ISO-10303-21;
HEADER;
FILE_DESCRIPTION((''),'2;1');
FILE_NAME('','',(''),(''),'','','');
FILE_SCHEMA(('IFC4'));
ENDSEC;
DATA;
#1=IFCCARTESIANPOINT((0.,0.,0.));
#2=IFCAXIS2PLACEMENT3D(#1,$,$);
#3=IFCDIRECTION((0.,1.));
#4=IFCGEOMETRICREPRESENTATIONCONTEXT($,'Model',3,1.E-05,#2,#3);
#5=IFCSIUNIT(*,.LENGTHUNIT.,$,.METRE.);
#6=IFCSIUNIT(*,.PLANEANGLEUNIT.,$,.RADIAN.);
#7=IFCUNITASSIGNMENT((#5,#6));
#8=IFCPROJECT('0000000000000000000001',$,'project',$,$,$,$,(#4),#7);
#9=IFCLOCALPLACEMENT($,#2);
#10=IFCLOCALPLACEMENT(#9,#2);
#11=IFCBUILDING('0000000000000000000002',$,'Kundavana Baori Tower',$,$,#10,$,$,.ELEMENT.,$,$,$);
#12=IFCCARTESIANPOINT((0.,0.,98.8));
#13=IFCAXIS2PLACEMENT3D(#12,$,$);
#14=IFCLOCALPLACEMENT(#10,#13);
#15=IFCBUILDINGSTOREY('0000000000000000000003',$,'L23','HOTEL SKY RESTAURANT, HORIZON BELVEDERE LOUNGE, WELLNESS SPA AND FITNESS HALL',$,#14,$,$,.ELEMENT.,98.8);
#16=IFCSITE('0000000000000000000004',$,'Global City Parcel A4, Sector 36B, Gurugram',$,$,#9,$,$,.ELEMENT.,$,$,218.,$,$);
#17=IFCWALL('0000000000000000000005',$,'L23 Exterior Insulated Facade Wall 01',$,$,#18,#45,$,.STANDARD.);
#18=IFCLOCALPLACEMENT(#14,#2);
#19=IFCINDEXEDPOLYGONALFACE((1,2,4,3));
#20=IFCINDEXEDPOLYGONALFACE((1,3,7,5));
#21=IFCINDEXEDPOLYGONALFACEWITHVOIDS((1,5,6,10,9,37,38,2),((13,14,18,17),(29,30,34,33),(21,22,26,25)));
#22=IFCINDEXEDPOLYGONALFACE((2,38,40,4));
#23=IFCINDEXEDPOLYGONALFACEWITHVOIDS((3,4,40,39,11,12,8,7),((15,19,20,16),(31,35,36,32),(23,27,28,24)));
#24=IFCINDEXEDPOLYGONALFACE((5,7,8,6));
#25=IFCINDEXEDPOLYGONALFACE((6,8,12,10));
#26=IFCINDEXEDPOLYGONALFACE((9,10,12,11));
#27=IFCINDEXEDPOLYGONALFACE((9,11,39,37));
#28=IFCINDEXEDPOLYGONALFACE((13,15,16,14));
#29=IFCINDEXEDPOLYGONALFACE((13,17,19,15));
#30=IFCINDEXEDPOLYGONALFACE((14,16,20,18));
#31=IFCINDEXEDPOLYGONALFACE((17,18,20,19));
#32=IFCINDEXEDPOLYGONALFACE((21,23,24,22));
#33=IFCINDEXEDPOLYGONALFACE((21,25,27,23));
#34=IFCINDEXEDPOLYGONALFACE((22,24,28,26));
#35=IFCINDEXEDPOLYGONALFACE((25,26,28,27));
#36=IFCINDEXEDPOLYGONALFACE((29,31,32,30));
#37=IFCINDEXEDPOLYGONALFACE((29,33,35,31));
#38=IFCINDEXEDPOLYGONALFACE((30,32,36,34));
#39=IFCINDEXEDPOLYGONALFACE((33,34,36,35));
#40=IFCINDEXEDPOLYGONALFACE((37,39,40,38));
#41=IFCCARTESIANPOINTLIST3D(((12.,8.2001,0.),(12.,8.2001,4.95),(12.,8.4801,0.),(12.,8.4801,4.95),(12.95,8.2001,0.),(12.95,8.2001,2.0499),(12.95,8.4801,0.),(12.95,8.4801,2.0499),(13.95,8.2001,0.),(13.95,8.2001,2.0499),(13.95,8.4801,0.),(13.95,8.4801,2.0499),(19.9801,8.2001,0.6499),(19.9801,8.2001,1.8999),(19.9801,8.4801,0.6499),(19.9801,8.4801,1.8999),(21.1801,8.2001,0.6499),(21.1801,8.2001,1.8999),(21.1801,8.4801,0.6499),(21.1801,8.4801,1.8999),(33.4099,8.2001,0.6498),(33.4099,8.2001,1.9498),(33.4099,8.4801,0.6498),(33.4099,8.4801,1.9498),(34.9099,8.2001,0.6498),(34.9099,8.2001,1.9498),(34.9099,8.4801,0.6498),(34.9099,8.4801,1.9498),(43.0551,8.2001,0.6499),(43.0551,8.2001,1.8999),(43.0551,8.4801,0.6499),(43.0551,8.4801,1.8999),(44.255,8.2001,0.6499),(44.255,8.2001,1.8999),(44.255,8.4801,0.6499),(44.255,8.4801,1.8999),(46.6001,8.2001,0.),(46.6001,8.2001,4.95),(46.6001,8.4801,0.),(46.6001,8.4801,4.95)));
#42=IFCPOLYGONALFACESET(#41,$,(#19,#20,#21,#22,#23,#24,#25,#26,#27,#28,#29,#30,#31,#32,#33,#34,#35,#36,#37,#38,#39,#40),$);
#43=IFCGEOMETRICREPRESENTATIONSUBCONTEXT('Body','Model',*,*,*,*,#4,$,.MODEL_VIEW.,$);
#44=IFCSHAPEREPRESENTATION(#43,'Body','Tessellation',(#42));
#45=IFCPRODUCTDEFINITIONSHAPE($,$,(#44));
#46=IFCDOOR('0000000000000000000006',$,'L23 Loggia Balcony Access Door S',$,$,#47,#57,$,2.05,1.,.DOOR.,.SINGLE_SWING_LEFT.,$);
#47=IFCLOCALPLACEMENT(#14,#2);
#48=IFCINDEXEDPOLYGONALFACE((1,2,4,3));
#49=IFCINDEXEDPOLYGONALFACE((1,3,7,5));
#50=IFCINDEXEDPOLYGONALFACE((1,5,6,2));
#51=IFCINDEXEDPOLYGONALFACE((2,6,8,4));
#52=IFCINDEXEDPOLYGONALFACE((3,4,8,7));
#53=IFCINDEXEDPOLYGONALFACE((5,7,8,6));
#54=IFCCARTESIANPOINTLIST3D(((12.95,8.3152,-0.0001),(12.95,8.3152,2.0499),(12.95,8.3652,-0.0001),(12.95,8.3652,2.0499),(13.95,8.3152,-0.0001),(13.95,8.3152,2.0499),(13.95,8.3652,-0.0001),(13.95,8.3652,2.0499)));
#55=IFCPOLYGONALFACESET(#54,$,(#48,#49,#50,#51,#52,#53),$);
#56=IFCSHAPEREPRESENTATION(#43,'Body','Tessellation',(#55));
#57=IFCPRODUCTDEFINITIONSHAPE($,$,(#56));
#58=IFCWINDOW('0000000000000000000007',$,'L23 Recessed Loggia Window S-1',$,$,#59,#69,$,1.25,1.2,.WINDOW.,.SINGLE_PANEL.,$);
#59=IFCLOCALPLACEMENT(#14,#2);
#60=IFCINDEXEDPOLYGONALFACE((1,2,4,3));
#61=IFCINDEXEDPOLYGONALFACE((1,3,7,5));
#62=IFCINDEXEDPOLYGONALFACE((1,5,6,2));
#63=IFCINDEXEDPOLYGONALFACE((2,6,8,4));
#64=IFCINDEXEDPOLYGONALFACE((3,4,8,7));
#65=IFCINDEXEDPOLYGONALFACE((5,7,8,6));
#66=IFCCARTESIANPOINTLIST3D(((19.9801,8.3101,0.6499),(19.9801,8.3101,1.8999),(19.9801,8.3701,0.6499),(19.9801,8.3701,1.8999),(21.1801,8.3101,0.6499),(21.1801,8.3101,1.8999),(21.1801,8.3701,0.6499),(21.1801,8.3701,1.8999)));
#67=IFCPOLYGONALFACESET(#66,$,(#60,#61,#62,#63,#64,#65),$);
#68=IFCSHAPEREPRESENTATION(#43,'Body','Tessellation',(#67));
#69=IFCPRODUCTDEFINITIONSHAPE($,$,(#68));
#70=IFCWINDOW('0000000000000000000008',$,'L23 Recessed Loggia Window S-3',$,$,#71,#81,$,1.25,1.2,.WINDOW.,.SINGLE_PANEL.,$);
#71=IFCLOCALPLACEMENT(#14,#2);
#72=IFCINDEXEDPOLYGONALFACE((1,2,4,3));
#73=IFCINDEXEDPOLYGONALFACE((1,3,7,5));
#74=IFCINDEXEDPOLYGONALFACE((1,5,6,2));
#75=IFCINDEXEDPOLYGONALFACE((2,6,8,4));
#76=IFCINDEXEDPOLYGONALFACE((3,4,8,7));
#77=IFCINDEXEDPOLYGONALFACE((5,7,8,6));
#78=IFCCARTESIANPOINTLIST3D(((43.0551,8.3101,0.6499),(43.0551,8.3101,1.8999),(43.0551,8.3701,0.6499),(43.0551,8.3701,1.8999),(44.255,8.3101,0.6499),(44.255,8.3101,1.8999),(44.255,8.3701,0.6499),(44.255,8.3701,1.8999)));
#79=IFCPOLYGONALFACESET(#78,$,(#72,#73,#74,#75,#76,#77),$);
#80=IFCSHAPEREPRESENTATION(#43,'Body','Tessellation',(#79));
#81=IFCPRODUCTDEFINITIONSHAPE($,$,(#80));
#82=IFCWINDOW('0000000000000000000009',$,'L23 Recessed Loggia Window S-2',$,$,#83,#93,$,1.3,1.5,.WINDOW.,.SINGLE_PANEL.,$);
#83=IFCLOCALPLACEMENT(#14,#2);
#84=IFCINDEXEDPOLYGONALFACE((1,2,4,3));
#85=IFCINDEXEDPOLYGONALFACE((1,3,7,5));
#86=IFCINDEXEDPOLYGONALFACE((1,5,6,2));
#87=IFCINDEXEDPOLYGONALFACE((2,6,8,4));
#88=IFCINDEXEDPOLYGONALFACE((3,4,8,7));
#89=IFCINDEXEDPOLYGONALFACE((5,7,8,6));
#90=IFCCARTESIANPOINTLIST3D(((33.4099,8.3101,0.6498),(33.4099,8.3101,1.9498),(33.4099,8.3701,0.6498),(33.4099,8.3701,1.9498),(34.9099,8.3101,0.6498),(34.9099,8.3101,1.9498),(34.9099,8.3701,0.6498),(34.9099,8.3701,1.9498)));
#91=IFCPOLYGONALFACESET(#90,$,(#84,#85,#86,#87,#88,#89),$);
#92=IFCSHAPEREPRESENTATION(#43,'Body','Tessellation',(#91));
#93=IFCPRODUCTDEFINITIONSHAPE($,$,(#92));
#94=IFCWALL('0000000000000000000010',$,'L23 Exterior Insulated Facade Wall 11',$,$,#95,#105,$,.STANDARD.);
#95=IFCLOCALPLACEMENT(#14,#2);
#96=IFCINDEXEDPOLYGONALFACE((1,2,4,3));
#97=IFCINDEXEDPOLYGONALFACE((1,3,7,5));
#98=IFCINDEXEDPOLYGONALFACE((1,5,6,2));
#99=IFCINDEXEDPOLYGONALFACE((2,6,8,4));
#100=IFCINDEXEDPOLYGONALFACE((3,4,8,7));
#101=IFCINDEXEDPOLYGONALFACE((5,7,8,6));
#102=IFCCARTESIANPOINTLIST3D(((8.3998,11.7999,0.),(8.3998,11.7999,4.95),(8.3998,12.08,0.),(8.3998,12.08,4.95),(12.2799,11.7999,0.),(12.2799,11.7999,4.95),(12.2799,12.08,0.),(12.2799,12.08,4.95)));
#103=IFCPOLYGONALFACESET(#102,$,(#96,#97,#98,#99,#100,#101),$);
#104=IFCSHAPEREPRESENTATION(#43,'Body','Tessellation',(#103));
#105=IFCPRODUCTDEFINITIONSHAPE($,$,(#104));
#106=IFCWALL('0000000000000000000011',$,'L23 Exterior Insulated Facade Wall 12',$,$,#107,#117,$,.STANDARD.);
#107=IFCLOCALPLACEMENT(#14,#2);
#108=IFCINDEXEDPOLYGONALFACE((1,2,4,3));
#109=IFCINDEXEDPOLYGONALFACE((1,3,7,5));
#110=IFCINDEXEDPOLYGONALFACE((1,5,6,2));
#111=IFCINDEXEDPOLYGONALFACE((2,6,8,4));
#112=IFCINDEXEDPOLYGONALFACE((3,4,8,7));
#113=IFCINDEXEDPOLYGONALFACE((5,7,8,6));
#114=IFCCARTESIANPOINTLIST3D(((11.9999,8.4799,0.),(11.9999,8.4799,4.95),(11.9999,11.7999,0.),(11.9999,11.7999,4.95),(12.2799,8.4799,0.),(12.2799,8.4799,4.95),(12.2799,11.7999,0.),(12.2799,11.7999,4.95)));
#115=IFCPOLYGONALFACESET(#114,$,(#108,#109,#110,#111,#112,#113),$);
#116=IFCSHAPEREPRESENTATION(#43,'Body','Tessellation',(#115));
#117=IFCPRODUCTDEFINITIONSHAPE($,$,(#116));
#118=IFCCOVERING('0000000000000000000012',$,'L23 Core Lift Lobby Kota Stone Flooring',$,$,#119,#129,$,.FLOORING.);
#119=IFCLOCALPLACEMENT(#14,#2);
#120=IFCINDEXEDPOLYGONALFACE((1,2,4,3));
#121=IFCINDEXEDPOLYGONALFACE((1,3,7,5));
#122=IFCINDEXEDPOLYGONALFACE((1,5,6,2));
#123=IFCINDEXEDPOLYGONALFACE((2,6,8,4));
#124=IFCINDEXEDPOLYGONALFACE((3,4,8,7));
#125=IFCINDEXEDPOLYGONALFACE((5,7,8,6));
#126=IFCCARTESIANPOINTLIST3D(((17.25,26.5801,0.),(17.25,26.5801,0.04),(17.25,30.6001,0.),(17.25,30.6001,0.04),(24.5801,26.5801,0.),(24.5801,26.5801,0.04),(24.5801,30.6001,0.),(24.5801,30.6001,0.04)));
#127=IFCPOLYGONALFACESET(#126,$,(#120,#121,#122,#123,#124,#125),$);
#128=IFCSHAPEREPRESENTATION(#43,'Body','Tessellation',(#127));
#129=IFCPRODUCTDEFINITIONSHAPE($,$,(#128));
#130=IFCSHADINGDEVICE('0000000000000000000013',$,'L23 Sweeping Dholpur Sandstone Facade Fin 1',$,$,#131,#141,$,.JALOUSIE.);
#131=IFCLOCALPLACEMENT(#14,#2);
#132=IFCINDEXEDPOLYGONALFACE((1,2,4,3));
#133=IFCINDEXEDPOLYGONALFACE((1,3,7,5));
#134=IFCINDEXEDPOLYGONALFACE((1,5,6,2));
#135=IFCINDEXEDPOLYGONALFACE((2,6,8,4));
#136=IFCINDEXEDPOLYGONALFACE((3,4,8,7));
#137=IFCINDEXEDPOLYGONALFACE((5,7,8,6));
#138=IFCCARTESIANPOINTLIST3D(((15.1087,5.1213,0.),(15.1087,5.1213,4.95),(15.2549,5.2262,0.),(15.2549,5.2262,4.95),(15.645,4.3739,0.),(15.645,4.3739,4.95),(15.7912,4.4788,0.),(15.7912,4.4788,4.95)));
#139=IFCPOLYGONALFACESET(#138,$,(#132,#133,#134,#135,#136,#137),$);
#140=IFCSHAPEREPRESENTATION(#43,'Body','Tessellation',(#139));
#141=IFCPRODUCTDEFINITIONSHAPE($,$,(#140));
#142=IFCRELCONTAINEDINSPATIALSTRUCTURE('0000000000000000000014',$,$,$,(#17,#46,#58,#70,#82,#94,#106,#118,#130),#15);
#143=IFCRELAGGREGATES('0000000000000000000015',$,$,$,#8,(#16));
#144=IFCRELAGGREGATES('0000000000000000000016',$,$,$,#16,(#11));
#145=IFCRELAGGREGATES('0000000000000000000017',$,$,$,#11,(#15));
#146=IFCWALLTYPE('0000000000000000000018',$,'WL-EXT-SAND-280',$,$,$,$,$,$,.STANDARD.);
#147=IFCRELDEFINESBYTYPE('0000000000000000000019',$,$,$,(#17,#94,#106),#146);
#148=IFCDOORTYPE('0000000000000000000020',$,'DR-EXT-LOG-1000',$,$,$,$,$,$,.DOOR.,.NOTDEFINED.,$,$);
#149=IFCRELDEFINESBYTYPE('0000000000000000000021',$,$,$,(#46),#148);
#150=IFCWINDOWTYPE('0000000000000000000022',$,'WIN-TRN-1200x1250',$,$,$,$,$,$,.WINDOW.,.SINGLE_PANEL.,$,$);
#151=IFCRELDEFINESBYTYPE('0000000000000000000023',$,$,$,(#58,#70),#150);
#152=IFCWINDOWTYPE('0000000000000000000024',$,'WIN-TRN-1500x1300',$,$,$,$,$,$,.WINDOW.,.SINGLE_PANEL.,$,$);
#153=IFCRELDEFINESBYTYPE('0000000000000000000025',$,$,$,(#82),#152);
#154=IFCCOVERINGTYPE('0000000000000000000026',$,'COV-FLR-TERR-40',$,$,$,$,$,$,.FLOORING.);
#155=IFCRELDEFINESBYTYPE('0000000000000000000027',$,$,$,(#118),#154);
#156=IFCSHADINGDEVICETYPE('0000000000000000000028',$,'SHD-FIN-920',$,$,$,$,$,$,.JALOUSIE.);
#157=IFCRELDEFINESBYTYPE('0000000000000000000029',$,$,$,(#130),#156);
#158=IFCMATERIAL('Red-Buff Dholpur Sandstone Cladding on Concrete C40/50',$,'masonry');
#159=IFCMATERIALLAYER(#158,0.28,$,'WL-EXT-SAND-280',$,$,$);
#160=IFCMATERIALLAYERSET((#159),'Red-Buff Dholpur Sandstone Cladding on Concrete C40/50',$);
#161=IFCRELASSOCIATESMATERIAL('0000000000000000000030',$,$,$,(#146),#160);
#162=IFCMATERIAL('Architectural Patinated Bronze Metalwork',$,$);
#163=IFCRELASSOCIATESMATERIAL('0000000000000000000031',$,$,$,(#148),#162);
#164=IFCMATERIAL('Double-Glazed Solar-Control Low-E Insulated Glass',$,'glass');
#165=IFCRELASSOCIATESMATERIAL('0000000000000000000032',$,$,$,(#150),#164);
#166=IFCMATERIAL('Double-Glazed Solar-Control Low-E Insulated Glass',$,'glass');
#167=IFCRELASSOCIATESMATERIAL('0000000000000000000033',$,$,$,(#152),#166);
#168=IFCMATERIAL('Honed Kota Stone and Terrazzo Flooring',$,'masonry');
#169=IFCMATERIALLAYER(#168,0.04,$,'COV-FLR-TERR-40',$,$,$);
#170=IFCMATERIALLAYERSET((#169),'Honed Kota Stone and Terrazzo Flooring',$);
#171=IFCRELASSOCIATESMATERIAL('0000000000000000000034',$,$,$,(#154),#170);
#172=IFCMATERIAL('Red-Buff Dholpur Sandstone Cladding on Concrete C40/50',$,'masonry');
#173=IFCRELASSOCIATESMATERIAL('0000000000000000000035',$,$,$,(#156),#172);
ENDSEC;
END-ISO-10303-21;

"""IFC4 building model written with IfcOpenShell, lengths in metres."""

from ifc_helpers import new_model, si_unit, direction, frame, frame_2d, origin, origin_2d, place, context, subcontext, project, spatial, polyline, rectangle, outline, extrude, material, layer, layer_set, type_object, element, fill, save


model = new_model("IFC4")

# Units and contexts
model_context = context("Model", 3, precision=1e-05, world=origin(), true_north=direction((0.0, 1.0)))
body_context = subcontext(model_context, "Body", "Model", "MODEL_VIEW")
ifc_project = project(units=[si_unit("LENGTHUNIT", "METRE"), si_unit("PLANEANGLEUNIT", "RADIAN")], contexts=[model_context])

# Site, building, storey
site_placement = place(None, origin())
site = spatial("IfcSite", under=ifc_project, at=site_placement, Name="Global City Parcel A4, Sector 36B, Gurugram", CompositionType="ELEMENT", RefElevation=218.0)
building_placement = place(site_placement, origin())
building = spatial("IfcBuilding", under=site, at=building_placement, Name="Kundavana Baori Tower", CompositionType="ELEMENT")
storey_placement = place(building_placement, frame((0.0, 0.0, 98.8)))
storey = spatial("IfcBuildingStorey", under=building, at=storey_placement, Name="L23", Description="HOTEL SKY RESTAURANT, HORIZON BELVEDERE LOUNGE, WELLNESS SPA AND FITNESS HALL", CompositionType="ELEMENT", Elevation=98.8)

# Wall, openings, door, windows
ifc_material_1 = material(Name="Red-Buff Dholpur Sandstone Cladding on Concrete C40/50", Category="masonry")
ifc_layer_1 = layer(ifc_material_1, 0.28, Name="WL-EXT-SAND-280")
ifc_layer_set_1 = layer_set([ifc_layer_1], Name="Red-Buff Dholpur Sandstone Cladding on Concrete C40/50")
wall_type = type_object("IfcWallType", Name="WL-EXT-SAND-280", PredefinedType="STANDARD", material=ifc_layer_set_1)
wall_1_placement = place(storey_placement, frame((12.0, 8.3401, 0.0), z_axis=(0.0, 0.0, 1.0), x_axis=(1.0, 0.0, 0.0)))
wall_1 = element("IfcWall", 1, at=wall_1_placement, inside=storey, type_object=wall_type, Name="L23 Exterior Insulated Facade Wall 01", PredefinedType="STANDARD", context=body_context, shape_type="SweptSolid", body=[
    extrude(rectangle(XDim=34.6001, YDim=0.28, at=frame_2d((17.3, 0.0))), origin(), (0.0, 0.0, 1.0), 4.95),
])
opening_1_placement = place(wall_1_placement, frame((0.95, 0.0, 0.0)))
opening_1 = element("IfcOpeningElement", 2, at=opening_1_placement, cuts=wall_1, PredefinedType="OPENING", context=body_context, shape_type="SweptSolid", body=[
    extrude(rectangle(XDim=1.0, YDim=2.05, at=frame_2d((0.5, 1.0249))), frame((0.0, 0.1499, 0.0), z_axis=(0.0, -1.0, 0.0), x_axis=(1.0, 0.0, 0.0)), (0.0, 0.0, 1.0), 0.3),
])
opening_2_placement = place(wall_1_placement, frame((7.98, 0.0, 0.6499)))
opening_2 = element("IfcOpeningElement", 3, at=opening_2_placement, cuts=wall_1, PredefinedType="OPENING", context=body_context, shape_type="SweptSolid", body=[
    extrude(rectangle(XDim=1.2, YDim=1.25, at=frame_2d((0.6001, 0.625))), frame((0.0, 0.1499, 0.0), z_axis=(0.0, -1.0, 0.0), x_axis=(1.0, 0.0, 0.0)), (0.0, 0.0, 1.0), 0.3),
])
opening_3_placement = place(wall_1_placement, frame((21.4099, 0.0, 0.6499)))
opening_3 = element("IfcOpeningElement", 4, at=opening_3_placement, cuts=wall_1, PredefinedType="OPENING", context=body_context, shape_type="SweptSolid", body=[
    extrude(rectangle(XDim=1.5, YDim=1.3, at=frame_2d((0.75, 0.6499))), frame((0.0, 0.1499, 0.0), z_axis=(0.0, -1.0, 0.0), x_axis=(1.0, 0.0, 0.0)), (0.0, 0.0, 1.0), 0.3),
])
opening_4_placement = place(wall_1_placement, frame((31.0549, 0.0, 0.6499)))
opening_4 = element("IfcOpeningElement", 5, at=opening_4_placement, cuts=wall_1, PredefinedType="OPENING", context=body_context, shape_type="SweptSolid", body=[
    extrude(rectangle(XDim=1.2, YDim=1.25, at=frame_2d((0.6001, 0.625))), frame((0.0, 0.1499, 0.0), z_axis=(0.0, -1.0, 0.0), x_axis=(1.0, 0.0, 0.0)), (0.0, 0.0, 1.0), 0.3),
])
ifc_material_2 = material(Name="Architectural Patinated Bronze Metalwork")
door_type = type_object("IfcDoorType", Name="DR-EXT-LOG-1000", OperationType="NOTDEFINED", PredefinedType="DOOR", material=ifc_material_2)
door_placement = place(opening_1_placement, frame((1.0, 0.0, 0.0), z_axis=(0.0, 0.0, 1.0), x_axis=(-1.0, 0.0, 0.0)))
door = element("IfcDoor", 6, at=door_placement, inside=storey, type_object=door_type, Name="L23 Loggia Balcony Access Door S", OperationType="SINGLE_SWING_LEFT", OverallHeight=2.05, OverallWidth=1.0, PredefinedType="DOOR", context=body_context, shape_type="SweptSolid", body=[
    extrude(rectangle(XDim=1.0, YDim=2.05, at=frame_2d((0.5, 1.0249))), frame((0.0, 0.0249, 0.0), z_axis=(0.0, -1.0, 0.0), x_axis=(1.0, 0.0, 0.0)), (0.0, 0.0, 1.0), 0.05),
])
fill(opening_1, door)
ifc_material_3 = material(Name="Double-Glazed Solar-Control Low-E Insulated Glass", Category="glass")
window_type_1 = type_object("IfcWindowType", Name="WIN-TRN-1200x1250", PartitioningType="SINGLE_PANEL", PredefinedType="WINDOW", material=ifc_material_3)
window_1_placement = place(opening_2_placement, origin())
window_1 = element("IfcWindow", 7, at=window_1_placement, inside=storey, type_object=window_type_1, Name="L23 Recessed Loggia Window S-1", OverallHeight=1.25, OverallWidth=1.2, PartitioningType="SINGLE_PANEL", PredefinedType="WINDOW", context=body_context, shape_type="SweptSolid", body=[
    extrude(rectangle(XDim=1.2, YDim=1.25, at=frame_2d((0.6001, 0.625))), frame((0.0, 0.03, 0.0), z_axis=(0.0, -1.0, 0.0), x_axis=(1.0, 0.0, 0.0)), (0.0, 0.0, 1.0), 0.0601),
])
fill(opening_2, window_1)
window_2_placement = place(opening_4_placement, origin())
window_2 = element("IfcWindow", 8, at=window_2_placement, inside=storey, type_object=window_type_1, Name="L23 Recessed Loggia Window S-3", OverallHeight=1.25, OverallWidth=1.2, PartitioningType="SINGLE_PANEL", PredefinedType="WINDOW", context=body_context, shape_type="SweptSolid", body=[
    extrude(rectangle(XDim=1.2, YDim=1.25, at=frame_2d((0.6001, 0.625))), frame((0.0, 0.03, 0.0), z_axis=(0.0, -1.0, 0.0), x_axis=(1.0, 0.0, 0.0)), (0.0, 0.0, 1.0), 0.0601),
])
fill(opening_4, window_2)
ifc_material_4 = material(Name="Double-Glazed Solar-Control Low-E Insulated Glass", Category="glass")
window_type_2 = type_object("IfcWindowType", Name="WIN-TRN-1500x1300", PartitioningType="SINGLE_PANEL", PredefinedType="WINDOW", material=ifc_material_4)
window_3_placement = place(opening_3_placement, origin())
window_3 = element("IfcWindow", 9, at=window_3_placement, inside=storey, type_object=window_type_2, Name="L23 Recessed Loggia Window S-2", OverallHeight=1.3, OverallWidth=1.5, PartitioningType="SINGLE_PANEL", PredefinedType="WINDOW", context=body_context, shape_type="SweptSolid", body=[
    extrude(rectangle(XDim=1.5, YDim=1.3, at=frame_2d((0.75, 0.6499))), frame((0.0, 0.03, 0.0), z_axis=(0.0, -1.0, 0.0), x_axis=(1.0, 0.0, 0.0)), (0.0, 0.0, 1.0), 0.0601),
])
fill(opening_3, window_3)

# Walls
wall_2_placement = place(storey_placement, frame((8.3999, 11.9399, 0.0), z_axis=(0.0, 0.0, 1.0), x_axis=(1.0, 0.0, 0.0)))
element("IfcWall", 10, at=wall_2_placement, inside=storey, type_object=wall_type, Name="L23 Exterior Insulated Facade Wall 11", PredefinedType="STANDARD", context=body_context, shape_type="SweptSolid", body=[
    extrude(rectangle(XDim=3.8801, YDim=0.28, at=frame_2d((1.9399, 0.0))), origin(), (0.0, 0.0, 1.0), 4.95),
])
wall_3_placement = place(storey_placement, frame((12.1399, 11.8, 0.0), z_axis=(0.0, 0.0, 1.0), x_axis=(0.0, -1.0, 0.0)))
element("IfcWall", 11, at=wall_3_placement, inside=storey, type_object=wall_type, Name="L23 Exterior Insulated Facade Wall 12", PredefinedType="STANDARD", context=body_context, shape_type="SweptSolid", body=[
    extrude(rectangle(XDim=3.3201, YDim=0.28, at=frame_2d((1.6602, 0.0))), origin(), (0.0, 0.0, 1.0), 4.95),
])

# Covering
ifc_material_5 = material(Name="Honed Kota Stone and Terrazzo Flooring", Category="masonry")
ifc_layer_2 = layer(ifc_material_5, 0.04, Name="COV-FLR-TERR-40")
ifc_layer_set_2 = layer_set([ifc_layer_2], Name="Honed Kota Stone and Terrazzo Flooring")
covering_type = type_object("IfcCoveringType", Name="COV-FLR-TERR-40", PredefinedType="FLOORING", material=ifc_layer_set_2)
covering_placement = place(storey_placement, origin())
element("IfcCovering", 12, at=covering_placement, inside=storey, type_object=covering_type, Name="L23 Core Lift Lobby Kota Stone Flooring", PredefinedType="FLOORING", context=body_context, shape_type="SweptSolid", body=[
    extrude(outline(polyline([(17.25, 26.5801), (24.5801, 26.5801), (24.5801, 30.6001), (17.25, 30.6001), (17.25, 26.5801)])), origin(), (0.0, 0.0, 1.0), 0.04),
])

# Shading device
ifc_material_6 = material(Name="Red-Buff Dholpur Sandstone Cladding on Concrete C40/50", Category="masonry")
shading_device_type = type_object("IfcShadingDeviceType", Name="SHD-FIN-920", PredefinedType="JALOUSIE", material=ifc_material_6)
shading_device_placement = place(storey_placement, frame((15.45, 4.8, 0.0), z_axis=(0.0, 0.0, 1.0), x_axis=(0.812491, 0.582974, 0.0)))
element("IfcShadingDevice", 13, at=shading_device_placement, inside=storey, type_object=shading_device_type, Name="L23 Sweeping Dholpur Sandstone Facade Fin 1", PredefinedType="JALOUSIE", context=body_context, shape_type="SweptSolid", body=[
    extrude(rectangle(XDim=0.1799, YDim=0.9199, at=origin_2d()), origin(), (0.0, 0.0, 1.0), 4.95),
])

save(model, "model.ifc")
